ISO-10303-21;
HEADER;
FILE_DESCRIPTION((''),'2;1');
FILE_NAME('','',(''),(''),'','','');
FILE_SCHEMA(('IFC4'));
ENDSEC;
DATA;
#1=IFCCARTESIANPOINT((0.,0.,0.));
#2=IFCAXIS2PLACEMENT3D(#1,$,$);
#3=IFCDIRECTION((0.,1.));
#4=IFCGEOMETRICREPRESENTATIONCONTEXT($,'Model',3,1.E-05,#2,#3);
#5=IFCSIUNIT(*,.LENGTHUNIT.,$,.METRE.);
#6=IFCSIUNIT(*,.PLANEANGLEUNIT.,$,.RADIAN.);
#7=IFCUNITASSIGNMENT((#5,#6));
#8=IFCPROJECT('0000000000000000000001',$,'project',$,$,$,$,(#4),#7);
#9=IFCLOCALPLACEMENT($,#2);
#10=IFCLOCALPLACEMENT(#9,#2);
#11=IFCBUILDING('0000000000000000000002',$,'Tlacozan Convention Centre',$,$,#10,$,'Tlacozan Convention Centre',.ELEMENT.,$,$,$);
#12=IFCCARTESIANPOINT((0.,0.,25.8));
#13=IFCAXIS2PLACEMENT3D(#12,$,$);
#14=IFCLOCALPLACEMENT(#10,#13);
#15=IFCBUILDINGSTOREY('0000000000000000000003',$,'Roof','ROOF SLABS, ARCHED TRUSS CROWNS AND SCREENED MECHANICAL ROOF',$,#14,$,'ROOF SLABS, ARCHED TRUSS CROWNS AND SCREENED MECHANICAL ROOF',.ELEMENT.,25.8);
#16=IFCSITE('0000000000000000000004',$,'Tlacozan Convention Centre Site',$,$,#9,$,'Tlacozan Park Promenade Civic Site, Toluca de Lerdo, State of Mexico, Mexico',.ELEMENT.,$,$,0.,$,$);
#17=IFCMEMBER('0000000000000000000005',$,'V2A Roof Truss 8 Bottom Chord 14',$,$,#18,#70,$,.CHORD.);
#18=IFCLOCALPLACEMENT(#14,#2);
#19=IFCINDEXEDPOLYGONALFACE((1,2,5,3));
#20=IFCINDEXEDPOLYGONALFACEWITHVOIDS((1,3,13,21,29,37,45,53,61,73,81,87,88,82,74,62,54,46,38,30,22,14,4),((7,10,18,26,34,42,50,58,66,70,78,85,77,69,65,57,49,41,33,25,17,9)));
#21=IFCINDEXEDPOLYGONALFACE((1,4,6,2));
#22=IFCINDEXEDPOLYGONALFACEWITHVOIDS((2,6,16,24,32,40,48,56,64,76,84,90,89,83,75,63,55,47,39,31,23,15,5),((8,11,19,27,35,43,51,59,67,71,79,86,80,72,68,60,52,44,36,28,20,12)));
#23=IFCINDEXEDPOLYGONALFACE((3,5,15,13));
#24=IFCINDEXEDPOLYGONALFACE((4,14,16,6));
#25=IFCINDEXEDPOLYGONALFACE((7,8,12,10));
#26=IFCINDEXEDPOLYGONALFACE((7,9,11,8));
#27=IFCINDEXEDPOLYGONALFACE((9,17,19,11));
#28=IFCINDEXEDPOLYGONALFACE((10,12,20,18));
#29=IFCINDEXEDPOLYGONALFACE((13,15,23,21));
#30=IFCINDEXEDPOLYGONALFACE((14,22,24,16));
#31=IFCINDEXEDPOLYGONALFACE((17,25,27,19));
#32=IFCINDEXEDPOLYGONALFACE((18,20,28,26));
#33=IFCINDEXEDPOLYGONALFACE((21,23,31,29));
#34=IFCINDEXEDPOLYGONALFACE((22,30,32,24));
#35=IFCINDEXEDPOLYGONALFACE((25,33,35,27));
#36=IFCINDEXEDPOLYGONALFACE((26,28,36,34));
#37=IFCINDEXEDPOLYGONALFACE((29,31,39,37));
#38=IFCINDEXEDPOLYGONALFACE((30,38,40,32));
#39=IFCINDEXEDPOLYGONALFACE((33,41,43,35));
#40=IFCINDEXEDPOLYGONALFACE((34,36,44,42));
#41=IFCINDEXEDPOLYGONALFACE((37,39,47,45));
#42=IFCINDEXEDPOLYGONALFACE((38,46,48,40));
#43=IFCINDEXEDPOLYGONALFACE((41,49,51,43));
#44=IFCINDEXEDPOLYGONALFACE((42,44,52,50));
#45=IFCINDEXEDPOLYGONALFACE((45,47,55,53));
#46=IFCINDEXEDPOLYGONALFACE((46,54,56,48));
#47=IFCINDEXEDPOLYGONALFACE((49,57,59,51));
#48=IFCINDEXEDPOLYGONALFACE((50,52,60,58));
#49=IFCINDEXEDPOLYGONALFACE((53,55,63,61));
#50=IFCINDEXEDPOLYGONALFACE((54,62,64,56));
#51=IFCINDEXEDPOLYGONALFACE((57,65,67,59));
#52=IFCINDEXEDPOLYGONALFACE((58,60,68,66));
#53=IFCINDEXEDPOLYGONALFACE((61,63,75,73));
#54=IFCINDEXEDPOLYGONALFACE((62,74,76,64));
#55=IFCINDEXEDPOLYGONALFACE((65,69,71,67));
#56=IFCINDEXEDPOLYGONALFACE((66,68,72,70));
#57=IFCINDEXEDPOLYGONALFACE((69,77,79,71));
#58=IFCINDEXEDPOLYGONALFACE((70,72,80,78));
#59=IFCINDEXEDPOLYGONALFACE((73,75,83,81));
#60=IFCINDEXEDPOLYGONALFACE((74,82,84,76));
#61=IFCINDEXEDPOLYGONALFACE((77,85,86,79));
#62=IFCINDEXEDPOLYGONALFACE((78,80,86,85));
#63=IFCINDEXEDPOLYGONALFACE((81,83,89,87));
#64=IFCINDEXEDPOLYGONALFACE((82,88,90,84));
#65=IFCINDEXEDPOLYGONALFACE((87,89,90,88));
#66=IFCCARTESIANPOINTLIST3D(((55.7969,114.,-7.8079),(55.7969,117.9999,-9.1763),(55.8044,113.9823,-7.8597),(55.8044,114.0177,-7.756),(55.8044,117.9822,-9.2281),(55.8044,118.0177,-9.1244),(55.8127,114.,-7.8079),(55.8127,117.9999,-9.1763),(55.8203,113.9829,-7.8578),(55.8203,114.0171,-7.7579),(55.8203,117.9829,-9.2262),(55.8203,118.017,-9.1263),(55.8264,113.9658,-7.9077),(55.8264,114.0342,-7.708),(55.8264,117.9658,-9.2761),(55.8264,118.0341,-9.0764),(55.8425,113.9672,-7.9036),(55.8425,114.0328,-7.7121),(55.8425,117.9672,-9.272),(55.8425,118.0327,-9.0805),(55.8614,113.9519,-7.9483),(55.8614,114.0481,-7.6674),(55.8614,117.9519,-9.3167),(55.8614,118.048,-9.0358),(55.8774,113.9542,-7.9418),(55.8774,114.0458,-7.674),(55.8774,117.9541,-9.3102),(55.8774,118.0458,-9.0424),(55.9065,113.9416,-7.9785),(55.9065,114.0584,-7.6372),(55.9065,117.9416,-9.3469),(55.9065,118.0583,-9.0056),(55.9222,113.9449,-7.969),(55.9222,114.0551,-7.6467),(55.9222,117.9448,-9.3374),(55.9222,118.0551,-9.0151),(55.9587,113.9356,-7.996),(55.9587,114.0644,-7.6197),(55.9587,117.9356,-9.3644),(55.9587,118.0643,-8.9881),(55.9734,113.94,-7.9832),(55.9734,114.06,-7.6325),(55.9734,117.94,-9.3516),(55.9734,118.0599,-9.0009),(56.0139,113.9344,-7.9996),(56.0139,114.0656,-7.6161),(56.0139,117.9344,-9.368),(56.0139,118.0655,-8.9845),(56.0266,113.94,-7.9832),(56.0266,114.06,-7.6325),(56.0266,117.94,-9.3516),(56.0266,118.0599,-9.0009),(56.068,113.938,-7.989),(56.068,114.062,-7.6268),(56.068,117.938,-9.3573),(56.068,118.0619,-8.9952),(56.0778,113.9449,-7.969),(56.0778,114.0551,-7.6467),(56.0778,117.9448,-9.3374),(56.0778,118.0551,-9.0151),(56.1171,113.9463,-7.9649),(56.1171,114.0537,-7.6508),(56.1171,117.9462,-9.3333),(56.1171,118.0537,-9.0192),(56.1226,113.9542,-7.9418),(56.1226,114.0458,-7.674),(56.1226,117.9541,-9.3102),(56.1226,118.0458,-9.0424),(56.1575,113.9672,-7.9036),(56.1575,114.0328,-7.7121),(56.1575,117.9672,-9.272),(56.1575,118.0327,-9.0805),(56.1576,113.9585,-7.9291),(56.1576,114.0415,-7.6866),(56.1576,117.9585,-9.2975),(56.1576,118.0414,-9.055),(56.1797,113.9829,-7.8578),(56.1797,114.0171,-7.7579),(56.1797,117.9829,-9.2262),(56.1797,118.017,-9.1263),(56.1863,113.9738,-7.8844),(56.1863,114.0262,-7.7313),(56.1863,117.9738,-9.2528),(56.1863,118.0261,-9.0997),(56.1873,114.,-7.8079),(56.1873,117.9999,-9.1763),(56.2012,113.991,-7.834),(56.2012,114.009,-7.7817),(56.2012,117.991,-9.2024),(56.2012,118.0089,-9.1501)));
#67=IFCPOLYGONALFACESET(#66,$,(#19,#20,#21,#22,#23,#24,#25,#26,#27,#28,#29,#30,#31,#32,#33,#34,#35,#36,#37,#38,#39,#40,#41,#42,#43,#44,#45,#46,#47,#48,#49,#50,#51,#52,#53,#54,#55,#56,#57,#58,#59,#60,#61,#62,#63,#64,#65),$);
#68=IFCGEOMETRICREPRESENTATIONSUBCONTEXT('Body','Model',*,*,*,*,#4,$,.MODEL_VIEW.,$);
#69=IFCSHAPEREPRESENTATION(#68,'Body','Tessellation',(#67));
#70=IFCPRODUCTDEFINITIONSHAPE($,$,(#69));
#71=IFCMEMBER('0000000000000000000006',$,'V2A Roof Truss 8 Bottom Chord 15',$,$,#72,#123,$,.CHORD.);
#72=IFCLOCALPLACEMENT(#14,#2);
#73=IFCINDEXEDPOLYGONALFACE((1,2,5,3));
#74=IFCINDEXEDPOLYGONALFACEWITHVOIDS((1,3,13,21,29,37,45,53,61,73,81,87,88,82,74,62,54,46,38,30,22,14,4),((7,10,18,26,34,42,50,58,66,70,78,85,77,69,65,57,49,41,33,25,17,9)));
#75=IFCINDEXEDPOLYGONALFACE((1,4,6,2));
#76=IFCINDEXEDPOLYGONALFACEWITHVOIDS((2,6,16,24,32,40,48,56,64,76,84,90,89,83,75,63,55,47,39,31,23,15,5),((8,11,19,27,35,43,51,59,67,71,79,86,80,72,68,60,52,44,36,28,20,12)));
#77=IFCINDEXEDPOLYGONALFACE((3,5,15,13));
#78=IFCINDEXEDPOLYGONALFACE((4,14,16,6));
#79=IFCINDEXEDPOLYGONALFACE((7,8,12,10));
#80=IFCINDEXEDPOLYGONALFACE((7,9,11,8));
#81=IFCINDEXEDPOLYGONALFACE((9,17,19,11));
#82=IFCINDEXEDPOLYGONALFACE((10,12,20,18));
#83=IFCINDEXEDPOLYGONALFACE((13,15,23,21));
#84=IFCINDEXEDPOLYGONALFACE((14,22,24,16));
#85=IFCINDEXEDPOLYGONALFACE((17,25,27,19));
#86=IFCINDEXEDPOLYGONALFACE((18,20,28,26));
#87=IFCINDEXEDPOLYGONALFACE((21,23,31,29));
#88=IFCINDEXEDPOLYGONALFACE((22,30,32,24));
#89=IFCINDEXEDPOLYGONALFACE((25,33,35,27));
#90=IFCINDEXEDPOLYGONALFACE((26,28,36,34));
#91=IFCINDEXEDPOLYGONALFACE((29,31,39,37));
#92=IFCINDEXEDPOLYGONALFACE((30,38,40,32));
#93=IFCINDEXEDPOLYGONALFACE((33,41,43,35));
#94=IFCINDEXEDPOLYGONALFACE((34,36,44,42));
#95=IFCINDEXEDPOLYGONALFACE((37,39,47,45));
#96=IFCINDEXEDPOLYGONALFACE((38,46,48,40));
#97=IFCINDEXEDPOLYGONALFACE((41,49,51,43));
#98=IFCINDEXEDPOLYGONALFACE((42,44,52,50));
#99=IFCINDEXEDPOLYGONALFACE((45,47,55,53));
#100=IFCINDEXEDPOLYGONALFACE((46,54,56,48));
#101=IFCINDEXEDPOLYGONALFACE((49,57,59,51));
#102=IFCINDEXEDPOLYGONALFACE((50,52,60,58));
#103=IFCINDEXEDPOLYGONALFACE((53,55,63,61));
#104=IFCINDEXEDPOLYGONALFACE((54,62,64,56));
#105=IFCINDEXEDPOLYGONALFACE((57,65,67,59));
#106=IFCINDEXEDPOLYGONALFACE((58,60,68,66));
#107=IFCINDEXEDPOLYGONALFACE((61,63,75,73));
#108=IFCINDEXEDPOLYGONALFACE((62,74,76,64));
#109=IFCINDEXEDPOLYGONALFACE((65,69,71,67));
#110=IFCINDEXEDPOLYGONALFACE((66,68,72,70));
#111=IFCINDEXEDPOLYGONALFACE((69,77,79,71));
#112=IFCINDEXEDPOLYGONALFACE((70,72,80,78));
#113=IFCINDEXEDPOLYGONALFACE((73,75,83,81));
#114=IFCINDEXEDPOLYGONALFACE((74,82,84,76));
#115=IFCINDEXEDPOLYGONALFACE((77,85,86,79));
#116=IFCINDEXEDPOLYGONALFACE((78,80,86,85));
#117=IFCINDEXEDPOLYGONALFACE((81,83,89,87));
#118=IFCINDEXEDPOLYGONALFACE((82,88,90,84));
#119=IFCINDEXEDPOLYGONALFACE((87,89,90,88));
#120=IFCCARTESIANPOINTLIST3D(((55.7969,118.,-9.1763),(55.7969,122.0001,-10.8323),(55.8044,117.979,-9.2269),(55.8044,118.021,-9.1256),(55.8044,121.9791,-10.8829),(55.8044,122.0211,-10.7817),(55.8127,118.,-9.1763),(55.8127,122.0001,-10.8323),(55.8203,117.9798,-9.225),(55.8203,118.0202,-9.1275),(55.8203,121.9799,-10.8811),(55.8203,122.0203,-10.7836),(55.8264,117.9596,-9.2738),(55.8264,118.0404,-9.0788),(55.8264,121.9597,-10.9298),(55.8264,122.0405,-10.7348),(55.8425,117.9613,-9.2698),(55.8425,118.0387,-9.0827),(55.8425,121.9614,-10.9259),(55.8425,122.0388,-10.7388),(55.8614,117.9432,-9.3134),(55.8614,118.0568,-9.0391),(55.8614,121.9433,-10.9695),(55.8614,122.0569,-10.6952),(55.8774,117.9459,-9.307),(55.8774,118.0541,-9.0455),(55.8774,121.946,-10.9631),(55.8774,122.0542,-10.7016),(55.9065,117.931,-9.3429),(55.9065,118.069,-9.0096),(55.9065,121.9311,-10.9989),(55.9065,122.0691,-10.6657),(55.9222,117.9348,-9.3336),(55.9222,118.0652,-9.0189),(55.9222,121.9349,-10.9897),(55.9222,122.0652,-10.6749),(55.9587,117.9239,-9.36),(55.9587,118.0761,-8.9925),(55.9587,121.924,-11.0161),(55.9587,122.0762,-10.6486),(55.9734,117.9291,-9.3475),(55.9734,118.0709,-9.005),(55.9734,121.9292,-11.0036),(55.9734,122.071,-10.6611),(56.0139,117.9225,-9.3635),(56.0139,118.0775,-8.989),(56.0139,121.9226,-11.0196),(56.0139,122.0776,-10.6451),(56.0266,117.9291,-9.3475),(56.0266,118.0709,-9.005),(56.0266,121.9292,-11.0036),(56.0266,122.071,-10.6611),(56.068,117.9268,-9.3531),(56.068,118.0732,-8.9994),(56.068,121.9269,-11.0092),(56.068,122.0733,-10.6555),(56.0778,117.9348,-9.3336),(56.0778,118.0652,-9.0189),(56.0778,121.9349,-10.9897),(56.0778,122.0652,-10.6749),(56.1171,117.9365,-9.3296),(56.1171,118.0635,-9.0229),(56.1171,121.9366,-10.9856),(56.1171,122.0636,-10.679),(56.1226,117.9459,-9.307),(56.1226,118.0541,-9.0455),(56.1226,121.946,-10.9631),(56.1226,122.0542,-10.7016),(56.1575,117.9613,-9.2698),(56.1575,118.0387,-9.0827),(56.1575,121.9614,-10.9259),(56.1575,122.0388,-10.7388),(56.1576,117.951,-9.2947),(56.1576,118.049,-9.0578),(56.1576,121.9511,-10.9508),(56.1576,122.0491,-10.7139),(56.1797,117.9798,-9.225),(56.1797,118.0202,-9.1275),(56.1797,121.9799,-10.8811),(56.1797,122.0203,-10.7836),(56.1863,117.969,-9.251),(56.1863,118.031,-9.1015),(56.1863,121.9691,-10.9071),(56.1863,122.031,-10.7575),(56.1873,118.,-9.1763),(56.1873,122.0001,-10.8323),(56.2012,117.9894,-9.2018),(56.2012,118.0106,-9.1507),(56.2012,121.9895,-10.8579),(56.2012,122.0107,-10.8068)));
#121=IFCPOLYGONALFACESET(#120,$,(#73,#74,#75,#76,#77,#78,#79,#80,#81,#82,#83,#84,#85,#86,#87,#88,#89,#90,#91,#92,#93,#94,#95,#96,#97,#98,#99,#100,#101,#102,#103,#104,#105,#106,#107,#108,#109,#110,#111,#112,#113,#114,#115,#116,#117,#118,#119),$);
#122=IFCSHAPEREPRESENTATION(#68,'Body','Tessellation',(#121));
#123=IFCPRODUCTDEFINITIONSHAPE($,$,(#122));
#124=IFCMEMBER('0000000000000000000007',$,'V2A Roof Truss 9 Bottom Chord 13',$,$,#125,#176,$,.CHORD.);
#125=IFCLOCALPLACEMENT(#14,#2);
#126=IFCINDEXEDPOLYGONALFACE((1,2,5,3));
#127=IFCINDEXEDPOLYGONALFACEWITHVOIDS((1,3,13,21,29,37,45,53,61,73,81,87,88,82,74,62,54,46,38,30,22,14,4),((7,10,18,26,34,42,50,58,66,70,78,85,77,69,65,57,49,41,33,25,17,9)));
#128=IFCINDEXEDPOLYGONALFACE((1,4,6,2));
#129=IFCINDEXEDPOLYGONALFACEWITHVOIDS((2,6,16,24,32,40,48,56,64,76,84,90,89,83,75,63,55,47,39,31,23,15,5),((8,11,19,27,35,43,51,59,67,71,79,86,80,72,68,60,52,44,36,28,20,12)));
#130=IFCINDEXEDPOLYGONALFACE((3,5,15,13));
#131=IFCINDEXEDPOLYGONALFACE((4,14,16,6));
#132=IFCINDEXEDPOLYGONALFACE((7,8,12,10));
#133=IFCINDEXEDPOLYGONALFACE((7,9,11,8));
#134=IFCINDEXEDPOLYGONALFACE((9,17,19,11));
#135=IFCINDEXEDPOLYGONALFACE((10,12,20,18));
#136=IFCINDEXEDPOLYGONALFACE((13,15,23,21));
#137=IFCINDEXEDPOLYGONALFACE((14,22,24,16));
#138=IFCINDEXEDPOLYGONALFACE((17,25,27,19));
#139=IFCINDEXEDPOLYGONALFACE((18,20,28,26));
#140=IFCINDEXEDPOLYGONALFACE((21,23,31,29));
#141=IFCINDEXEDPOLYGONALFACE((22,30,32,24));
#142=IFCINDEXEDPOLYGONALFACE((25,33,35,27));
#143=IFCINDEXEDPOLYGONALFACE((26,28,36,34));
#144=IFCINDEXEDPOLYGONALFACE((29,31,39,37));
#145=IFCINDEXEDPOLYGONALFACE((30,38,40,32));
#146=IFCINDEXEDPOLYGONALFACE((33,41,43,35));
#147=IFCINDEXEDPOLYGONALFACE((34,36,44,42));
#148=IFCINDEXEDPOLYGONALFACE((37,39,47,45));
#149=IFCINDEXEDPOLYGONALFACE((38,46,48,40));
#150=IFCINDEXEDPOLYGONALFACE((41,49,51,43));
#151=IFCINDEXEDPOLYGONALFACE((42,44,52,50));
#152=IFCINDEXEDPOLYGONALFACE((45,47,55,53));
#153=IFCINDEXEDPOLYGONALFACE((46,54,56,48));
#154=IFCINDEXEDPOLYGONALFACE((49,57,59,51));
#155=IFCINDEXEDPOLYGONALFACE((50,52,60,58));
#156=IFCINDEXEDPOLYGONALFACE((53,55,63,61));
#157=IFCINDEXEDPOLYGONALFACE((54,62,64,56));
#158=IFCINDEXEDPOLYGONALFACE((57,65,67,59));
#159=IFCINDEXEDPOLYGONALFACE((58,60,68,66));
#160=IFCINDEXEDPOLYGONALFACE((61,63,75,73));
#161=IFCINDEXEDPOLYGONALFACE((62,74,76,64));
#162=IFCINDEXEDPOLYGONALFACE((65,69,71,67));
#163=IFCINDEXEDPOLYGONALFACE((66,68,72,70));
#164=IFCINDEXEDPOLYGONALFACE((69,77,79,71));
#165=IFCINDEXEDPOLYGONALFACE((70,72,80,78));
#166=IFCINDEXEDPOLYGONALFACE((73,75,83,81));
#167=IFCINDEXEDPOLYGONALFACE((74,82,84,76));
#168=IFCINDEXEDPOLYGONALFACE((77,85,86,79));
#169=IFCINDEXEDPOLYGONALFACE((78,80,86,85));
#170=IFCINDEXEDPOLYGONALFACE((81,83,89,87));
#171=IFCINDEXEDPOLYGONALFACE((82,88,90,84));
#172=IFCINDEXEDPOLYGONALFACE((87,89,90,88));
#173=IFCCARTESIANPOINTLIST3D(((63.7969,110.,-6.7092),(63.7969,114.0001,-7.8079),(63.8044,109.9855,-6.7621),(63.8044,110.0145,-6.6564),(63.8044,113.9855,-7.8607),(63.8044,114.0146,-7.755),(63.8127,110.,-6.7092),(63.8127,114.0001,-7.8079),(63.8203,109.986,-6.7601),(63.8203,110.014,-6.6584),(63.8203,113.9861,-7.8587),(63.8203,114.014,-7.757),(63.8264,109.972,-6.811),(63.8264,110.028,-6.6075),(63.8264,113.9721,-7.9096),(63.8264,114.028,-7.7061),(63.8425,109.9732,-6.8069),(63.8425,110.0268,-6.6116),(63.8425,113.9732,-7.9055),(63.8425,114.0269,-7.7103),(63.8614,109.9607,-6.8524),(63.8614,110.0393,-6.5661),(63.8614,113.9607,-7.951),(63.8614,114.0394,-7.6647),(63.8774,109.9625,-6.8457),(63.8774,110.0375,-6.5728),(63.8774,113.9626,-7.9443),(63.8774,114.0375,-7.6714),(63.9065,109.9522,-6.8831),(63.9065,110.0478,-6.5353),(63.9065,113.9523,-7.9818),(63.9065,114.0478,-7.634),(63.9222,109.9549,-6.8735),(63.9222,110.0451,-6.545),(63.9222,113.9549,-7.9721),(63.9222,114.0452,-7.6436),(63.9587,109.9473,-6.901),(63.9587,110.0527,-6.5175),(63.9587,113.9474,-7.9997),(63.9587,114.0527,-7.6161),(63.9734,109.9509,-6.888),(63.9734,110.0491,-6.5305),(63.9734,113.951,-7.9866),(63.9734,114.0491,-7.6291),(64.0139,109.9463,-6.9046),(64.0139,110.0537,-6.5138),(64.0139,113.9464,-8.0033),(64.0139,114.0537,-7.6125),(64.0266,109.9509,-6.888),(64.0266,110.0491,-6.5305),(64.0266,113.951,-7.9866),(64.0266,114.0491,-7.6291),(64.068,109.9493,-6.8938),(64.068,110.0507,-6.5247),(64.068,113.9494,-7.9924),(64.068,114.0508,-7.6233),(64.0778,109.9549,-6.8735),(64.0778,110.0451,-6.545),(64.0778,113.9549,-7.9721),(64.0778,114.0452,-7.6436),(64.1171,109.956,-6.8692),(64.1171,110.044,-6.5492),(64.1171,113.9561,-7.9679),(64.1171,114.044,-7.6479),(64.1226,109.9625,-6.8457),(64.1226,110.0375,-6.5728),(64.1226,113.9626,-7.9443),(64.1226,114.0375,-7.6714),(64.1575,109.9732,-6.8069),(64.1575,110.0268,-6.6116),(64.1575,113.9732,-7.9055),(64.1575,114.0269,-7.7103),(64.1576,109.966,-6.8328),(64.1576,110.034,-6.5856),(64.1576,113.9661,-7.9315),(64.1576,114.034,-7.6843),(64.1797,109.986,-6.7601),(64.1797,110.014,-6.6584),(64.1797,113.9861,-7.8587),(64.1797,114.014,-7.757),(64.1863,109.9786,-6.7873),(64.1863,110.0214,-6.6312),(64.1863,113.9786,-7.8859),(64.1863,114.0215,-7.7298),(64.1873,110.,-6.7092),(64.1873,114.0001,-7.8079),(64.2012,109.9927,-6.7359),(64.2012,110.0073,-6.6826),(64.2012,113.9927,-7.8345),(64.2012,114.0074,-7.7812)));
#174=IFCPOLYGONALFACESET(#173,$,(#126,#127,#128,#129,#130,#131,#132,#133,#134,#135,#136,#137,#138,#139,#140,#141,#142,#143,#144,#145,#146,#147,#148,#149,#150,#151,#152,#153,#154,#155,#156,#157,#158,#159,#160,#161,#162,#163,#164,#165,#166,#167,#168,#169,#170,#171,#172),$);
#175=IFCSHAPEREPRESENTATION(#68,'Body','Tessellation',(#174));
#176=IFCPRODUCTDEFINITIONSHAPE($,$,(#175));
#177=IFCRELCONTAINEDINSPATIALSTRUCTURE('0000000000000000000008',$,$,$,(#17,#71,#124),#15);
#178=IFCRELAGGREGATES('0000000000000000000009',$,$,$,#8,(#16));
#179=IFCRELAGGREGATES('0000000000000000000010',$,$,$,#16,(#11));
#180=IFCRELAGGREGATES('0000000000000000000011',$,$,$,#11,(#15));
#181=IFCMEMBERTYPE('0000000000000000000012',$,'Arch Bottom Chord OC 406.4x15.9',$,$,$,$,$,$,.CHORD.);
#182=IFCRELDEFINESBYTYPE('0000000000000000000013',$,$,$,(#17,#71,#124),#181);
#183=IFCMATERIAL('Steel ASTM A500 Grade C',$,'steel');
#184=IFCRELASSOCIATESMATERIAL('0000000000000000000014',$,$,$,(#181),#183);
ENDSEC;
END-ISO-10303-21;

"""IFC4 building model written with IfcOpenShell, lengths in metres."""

from ifc_helpers import new_model, si_unit, direction, frame, origin, origin_2d, place, context, subcontext, project, spatial, hollow_circle, extrude, material, material_profile, profile_set, type_object, element, save


model = new_model("IFC4")

# Units and contexts
model_context = context("Model", 3, precision=1e-05, world=origin(), true_north=direction((0.0, 1.0)))
body_context = subcontext(model_context, "Body", "Model", "MODEL_VIEW")
ifc_project = project(units=[si_unit("LENGTHUNIT", "METRE"), si_unit("PLANEANGLEUNIT", "RADIAN")], contexts=[model_context])

# Site, building, storey
site_placement = place(None, origin())
site = spatial("IfcSite", under=ifc_project, at=site_placement, Name="Tlacozan Convention Centre Site", LongName="Tlacozan Park Promenade Civic Site, Toluca de Lerdo, State of Mexico, Mexico", CompositionType="ELEMENT", RefElevation=0.0)
building_placement = place(site_placement, origin())
building = spatial("IfcBuilding", under=site, at=building_placement, Name="Tlacozan Convention Centre", LongName="Tlacozan Convention Centre", CompositionType="ELEMENT")
storey_placement = place(building_placement, frame((0.0, 0.0, 25.8)))
storey = spatial("IfcBuildingStorey", under=building, at=storey_placement, Name="Roof", Description="ROOF SLABS, ARCHED TRUSS CROWNS AND SCREENED MECHANICAL ROOF", LongName="ROOF SLABS, ARCHED TRUSS CROWNS AND SCREENED MECHANICAL ROOF", CompositionType="ELEMENT", Elevation=25.8)

# Members
ifc_material_1 = material(Name="Steel ASTM A500 Grade C", Category="steel")
ifc_material_profile_1 = material_profile(ifc_material_1, hollow_circle(Radius=0.2031, WallThickness=0.0159, at=origin_2d()), Name="OC 406.4x15.9")
ifc_profile_set_1 = profile_set([ifc_material_profile_1], Name="Steel ASTM A500 Grade C")
member_type_1 = type_object("IfcMemberType", Name="Arch Bottom Chord OC 406.4x15.9", PredefinedType="CHORD", material=ifc_profile_set_1)
member_1_placement = place(storey_placement, frame((56.0, 114.0, -7.8079), z_axis=(0.0, 0.946165, -0.323685), x_axis=(-1.0, 0.0, 0.0)))
element("IfcMember", 1, at=member_1_placement, inside=storey, type_object=member_type_1, Name="V2A Roof Truss 8 Bottom Chord 14", PredefinedType="CHORD", context=body_context, shape_type="SweptSolid", body=[
    extrude(hollow_circle(Radius=0.2031, WallThickness=0.0159, at=origin_2d()), origin(), (0.0, 0.0, 1.0), 4.2275),
])
member_2_placement = place(storey_placement, frame((56.0, 118.0, -9.1763), z_axis=(0.0, 0.923949, -0.382516), x_axis=(-1.0, 0.0, 0.0)))
element("IfcMember", 2, at=member_2_placement, inside=storey, type_object=member_type_1, Name="V2A Roof Truss 8 Bottom Chord 15", PredefinedType="CHORD", context=body_context, shape_type="SweptSolid", body=[
    extrude(hollow_circle(Radius=0.2031, WallThickness=0.0159, at=origin_2d()), origin(), (0.0, 0.0, 1.0), 4.3293),
])
member_3_placement = place(storey_placement, frame((64.0, 110.0, -6.7092), z_axis=(0.0, 0.96429, -0.26485), x_axis=(-1.0, 0.0, 0.0)))
element("IfcMember", 3, at=member_3_placement, inside=storey, type_object=member_type_1, Name="V2A Roof Truss 9 Bottom Chord 13", PredefinedType="CHORD", context=body_context, shape_type="SweptSolid", body=[
    extrude(hollow_circle(Radius=0.2031, WallThickness=0.0159, at=origin_2d()), origin(), (0.0, 0.0, 1.0), 4.1482),
])

save(model, "model.ifc")
